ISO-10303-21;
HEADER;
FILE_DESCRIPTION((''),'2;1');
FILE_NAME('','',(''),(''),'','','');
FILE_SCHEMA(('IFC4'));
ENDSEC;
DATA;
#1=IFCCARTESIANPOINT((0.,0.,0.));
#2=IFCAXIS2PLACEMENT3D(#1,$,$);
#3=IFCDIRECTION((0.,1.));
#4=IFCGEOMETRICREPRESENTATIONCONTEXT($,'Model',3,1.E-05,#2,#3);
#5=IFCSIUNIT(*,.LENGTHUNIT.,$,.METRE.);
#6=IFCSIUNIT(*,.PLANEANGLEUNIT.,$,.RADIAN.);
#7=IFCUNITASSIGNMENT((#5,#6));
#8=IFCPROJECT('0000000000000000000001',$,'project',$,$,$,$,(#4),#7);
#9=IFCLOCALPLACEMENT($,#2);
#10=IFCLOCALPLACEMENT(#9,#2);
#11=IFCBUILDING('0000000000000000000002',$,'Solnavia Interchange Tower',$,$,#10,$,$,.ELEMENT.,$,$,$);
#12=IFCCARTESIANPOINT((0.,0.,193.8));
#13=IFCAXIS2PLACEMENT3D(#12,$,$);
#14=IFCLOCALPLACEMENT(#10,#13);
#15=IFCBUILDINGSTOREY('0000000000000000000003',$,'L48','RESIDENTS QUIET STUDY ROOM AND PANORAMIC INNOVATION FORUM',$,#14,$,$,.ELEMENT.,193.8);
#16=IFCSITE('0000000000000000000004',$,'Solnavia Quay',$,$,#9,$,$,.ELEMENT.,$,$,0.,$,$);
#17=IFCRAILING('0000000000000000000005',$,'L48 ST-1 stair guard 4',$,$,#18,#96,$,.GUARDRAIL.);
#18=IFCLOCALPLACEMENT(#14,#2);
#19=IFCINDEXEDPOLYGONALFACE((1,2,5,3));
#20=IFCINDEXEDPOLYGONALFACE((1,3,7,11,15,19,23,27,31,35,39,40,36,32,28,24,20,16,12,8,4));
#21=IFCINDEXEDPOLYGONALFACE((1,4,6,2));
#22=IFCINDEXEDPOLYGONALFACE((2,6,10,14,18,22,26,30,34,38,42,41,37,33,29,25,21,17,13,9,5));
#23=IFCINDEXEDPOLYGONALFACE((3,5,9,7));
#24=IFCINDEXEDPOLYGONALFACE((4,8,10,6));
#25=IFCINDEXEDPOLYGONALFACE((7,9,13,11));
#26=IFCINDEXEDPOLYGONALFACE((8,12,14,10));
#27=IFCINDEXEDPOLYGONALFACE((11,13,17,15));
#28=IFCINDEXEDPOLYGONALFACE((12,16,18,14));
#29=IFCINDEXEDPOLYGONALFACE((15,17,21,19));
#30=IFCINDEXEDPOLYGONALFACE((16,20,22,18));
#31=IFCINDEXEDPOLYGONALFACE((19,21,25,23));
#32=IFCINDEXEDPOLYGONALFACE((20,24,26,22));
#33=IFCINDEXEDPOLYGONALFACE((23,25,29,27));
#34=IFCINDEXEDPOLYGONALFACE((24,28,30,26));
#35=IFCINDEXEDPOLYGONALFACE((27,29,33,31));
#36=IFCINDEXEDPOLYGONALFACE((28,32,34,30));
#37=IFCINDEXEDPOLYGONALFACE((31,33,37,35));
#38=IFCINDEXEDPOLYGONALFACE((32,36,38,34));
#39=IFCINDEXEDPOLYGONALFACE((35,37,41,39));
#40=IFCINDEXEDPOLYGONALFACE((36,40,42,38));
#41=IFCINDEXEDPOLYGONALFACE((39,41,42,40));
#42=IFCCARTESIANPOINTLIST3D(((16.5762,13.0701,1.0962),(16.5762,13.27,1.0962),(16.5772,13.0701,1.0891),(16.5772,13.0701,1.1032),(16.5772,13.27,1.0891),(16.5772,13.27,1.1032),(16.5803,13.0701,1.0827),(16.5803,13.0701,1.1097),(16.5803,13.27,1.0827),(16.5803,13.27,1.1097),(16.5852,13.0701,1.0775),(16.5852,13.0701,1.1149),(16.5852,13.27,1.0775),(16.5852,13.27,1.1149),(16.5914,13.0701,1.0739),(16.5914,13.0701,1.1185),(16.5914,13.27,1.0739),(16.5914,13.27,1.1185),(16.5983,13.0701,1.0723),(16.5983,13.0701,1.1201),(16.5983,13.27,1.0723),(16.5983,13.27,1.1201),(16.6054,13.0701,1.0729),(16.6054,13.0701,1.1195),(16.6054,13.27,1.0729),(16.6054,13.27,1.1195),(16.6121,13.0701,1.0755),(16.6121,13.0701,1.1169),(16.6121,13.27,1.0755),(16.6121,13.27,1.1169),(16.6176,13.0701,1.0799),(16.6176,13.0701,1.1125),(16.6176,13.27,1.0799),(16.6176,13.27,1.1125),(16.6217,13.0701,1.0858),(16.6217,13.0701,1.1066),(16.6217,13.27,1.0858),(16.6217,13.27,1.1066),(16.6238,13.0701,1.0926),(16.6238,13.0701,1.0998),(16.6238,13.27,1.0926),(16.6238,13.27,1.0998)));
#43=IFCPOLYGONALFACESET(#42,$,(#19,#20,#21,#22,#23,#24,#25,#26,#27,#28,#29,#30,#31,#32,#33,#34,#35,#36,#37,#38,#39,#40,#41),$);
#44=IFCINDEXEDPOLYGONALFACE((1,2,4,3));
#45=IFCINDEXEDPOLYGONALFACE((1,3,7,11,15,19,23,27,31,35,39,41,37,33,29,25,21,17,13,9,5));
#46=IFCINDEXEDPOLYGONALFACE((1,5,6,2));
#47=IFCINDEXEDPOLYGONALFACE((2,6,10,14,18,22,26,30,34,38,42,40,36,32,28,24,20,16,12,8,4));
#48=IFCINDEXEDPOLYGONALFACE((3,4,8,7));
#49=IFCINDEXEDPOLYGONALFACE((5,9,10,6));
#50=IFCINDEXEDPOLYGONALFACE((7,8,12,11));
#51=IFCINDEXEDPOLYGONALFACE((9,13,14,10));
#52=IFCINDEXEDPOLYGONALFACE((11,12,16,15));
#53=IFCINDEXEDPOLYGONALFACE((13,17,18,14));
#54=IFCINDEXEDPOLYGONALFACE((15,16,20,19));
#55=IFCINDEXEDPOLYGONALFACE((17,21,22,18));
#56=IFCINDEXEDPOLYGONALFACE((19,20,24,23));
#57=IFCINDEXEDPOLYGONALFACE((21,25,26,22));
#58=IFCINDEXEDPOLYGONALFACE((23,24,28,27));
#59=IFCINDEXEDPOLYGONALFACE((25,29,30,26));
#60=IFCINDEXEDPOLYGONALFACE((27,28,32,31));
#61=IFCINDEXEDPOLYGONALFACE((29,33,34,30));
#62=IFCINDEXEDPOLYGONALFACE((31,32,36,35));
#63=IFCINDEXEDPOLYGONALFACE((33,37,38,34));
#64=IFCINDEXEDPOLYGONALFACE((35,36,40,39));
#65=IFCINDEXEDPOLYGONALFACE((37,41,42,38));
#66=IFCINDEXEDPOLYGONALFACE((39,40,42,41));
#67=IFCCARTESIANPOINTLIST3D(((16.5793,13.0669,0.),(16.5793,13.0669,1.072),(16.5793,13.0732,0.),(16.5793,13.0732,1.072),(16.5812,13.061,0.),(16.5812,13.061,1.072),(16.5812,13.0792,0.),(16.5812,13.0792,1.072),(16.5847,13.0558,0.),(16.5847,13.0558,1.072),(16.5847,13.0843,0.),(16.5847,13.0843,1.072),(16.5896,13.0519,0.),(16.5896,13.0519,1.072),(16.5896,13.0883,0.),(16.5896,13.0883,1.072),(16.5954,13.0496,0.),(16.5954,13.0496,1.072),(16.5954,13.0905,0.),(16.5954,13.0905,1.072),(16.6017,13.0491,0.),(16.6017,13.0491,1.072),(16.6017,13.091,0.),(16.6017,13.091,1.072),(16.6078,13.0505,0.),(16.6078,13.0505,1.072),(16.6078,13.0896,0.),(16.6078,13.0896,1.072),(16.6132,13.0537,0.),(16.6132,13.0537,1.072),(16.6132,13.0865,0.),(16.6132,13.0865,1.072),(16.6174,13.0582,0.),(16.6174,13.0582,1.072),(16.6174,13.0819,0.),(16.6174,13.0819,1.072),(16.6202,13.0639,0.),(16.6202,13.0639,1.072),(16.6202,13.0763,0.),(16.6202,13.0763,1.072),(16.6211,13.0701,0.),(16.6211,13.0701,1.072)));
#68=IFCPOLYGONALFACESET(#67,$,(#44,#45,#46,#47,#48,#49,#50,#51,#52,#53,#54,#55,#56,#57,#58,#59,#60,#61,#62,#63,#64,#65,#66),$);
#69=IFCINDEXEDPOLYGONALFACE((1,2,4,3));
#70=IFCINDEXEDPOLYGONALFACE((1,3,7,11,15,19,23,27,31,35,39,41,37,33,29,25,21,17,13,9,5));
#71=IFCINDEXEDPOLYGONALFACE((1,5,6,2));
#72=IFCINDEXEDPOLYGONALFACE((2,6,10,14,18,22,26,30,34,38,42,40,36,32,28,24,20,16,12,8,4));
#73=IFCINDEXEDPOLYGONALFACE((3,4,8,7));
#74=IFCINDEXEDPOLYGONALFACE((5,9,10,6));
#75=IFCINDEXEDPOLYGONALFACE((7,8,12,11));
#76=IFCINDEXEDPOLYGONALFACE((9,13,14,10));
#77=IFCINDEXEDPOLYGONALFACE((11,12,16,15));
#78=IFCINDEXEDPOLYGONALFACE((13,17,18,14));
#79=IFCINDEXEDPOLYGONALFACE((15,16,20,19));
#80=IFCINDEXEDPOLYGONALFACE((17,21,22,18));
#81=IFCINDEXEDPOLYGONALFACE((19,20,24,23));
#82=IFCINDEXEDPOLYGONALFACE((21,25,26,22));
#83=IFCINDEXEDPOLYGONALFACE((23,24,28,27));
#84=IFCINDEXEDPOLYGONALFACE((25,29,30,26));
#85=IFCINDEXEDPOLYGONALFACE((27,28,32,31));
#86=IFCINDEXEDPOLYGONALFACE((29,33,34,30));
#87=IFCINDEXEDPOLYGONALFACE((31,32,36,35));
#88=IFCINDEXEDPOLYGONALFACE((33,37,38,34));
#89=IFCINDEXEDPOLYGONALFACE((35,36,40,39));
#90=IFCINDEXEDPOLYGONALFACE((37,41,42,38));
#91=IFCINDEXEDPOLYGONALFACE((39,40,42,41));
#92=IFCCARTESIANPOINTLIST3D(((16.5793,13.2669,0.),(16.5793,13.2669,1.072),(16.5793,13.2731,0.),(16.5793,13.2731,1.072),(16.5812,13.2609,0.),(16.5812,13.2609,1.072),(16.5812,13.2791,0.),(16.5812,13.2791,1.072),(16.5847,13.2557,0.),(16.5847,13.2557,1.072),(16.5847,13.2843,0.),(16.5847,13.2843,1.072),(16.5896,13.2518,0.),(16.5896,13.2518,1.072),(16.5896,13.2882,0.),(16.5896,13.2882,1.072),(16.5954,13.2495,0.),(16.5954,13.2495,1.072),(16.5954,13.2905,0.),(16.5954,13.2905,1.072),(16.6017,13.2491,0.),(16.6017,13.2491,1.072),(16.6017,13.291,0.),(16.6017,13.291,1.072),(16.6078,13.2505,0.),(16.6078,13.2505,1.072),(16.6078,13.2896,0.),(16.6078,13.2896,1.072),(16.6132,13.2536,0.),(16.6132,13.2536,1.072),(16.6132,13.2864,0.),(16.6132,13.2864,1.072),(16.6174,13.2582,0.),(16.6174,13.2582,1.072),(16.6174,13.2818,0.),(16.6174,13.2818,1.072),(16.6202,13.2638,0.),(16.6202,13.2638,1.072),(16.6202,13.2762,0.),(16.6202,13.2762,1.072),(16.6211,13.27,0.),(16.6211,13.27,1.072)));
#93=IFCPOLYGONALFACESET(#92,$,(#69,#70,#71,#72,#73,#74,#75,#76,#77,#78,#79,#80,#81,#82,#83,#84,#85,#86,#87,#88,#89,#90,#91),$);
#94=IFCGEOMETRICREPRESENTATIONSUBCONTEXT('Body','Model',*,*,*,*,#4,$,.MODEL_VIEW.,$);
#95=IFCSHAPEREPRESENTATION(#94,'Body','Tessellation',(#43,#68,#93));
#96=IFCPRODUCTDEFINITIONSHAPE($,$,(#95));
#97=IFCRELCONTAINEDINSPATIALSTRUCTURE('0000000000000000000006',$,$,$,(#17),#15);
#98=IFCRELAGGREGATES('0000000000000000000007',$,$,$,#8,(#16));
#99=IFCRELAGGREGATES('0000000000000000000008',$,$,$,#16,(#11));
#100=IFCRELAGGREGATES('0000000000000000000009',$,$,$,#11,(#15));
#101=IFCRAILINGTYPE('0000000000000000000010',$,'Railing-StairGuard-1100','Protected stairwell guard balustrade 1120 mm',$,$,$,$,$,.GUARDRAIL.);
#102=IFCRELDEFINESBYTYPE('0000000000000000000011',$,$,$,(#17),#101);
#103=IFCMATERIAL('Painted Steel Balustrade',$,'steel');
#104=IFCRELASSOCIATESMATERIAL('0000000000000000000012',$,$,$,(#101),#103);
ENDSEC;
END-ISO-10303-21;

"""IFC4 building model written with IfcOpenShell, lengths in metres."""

from ifc_helpers import new_model, si_unit, direction, frame, origin, origin_2d, place, context, subcontext, project, spatial, circle, extrude, material, type_object, element, save


model = new_model("IFC4")

# Units and contexts
model_context = context("Model", 3, precision=1e-05, world=origin(), true_north=direction((0.0, 1.0)))
body_context = subcontext(model_context, "Body", "Model", "MODEL_VIEW")
ifc_project = project(units=[si_unit("LENGTHUNIT", "METRE"), si_unit("PLANEANGLEUNIT", "RADIAN")], contexts=[model_context])

# Site, building, storey
site_placement = place(None, origin())
site = spatial("IfcSite", under=ifc_project, at=site_placement, Name="Solnavia Quay", CompositionType="ELEMENT", RefElevation=0.0)
building_placement = place(site_placement, origin())
building = spatial("IfcBuilding", under=site, at=building_placement, Name="Solnavia Interchange Tower", CompositionType="ELEMENT")
storey_placement = place(building_placement, frame((0.0, 0.0, 193.8)))
storey = spatial("IfcBuildingStorey", under=building, at=storey_placement, Name="L48", Description="RESIDENTS QUIET STUDY ROOM AND PANORAMIC INNOVATION FORUM", CompositionType="ELEMENT", Elevation=193.8)

# Railing
ifc_material_1 = material(Name="Painted Steel Balustrade", Category="steel")
railing_type_1 = type_object("IfcRailingType", Name="Railing-StairGuard-1100", Description="Protected stairwell guard balustrade 1120 mm", PredefinedType="GUARDRAIL", material=ifc_material_1)
railing_1_placement = place(storey_placement, frame((16.6001, 13.0701, 0.0)))
element("IfcRailing", 1, at=railing_1_placement, inside=storey, type_object=railing_type_1, Name="L48 ST-1 stair guard 4", PredefinedType="GUARDRAIL", context=body_context, shape_type="SweptSolid", body=[
    extrude(circle(Radius=0.0239, at=origin_2d()), frame((0.0, 0.0, 1.0962), z_axis=(0.0, 1.0, 0.0), x_axis=(-1.0, 0.0, 0.0)), (0.0, 0.0, 1.0), 0.2),
    extrude(circle(Radius=0.021, at=origin_2d()), origin(), (0.0, 0.0, 1.0), 1.072),
    extrude(circle(Radius=0.021, at=origin_2d()), frame((0.0, 0.2, 0.0)), (0.0, 0.0, 1.0), 1.072),
])

save(model, "model.ifc")
